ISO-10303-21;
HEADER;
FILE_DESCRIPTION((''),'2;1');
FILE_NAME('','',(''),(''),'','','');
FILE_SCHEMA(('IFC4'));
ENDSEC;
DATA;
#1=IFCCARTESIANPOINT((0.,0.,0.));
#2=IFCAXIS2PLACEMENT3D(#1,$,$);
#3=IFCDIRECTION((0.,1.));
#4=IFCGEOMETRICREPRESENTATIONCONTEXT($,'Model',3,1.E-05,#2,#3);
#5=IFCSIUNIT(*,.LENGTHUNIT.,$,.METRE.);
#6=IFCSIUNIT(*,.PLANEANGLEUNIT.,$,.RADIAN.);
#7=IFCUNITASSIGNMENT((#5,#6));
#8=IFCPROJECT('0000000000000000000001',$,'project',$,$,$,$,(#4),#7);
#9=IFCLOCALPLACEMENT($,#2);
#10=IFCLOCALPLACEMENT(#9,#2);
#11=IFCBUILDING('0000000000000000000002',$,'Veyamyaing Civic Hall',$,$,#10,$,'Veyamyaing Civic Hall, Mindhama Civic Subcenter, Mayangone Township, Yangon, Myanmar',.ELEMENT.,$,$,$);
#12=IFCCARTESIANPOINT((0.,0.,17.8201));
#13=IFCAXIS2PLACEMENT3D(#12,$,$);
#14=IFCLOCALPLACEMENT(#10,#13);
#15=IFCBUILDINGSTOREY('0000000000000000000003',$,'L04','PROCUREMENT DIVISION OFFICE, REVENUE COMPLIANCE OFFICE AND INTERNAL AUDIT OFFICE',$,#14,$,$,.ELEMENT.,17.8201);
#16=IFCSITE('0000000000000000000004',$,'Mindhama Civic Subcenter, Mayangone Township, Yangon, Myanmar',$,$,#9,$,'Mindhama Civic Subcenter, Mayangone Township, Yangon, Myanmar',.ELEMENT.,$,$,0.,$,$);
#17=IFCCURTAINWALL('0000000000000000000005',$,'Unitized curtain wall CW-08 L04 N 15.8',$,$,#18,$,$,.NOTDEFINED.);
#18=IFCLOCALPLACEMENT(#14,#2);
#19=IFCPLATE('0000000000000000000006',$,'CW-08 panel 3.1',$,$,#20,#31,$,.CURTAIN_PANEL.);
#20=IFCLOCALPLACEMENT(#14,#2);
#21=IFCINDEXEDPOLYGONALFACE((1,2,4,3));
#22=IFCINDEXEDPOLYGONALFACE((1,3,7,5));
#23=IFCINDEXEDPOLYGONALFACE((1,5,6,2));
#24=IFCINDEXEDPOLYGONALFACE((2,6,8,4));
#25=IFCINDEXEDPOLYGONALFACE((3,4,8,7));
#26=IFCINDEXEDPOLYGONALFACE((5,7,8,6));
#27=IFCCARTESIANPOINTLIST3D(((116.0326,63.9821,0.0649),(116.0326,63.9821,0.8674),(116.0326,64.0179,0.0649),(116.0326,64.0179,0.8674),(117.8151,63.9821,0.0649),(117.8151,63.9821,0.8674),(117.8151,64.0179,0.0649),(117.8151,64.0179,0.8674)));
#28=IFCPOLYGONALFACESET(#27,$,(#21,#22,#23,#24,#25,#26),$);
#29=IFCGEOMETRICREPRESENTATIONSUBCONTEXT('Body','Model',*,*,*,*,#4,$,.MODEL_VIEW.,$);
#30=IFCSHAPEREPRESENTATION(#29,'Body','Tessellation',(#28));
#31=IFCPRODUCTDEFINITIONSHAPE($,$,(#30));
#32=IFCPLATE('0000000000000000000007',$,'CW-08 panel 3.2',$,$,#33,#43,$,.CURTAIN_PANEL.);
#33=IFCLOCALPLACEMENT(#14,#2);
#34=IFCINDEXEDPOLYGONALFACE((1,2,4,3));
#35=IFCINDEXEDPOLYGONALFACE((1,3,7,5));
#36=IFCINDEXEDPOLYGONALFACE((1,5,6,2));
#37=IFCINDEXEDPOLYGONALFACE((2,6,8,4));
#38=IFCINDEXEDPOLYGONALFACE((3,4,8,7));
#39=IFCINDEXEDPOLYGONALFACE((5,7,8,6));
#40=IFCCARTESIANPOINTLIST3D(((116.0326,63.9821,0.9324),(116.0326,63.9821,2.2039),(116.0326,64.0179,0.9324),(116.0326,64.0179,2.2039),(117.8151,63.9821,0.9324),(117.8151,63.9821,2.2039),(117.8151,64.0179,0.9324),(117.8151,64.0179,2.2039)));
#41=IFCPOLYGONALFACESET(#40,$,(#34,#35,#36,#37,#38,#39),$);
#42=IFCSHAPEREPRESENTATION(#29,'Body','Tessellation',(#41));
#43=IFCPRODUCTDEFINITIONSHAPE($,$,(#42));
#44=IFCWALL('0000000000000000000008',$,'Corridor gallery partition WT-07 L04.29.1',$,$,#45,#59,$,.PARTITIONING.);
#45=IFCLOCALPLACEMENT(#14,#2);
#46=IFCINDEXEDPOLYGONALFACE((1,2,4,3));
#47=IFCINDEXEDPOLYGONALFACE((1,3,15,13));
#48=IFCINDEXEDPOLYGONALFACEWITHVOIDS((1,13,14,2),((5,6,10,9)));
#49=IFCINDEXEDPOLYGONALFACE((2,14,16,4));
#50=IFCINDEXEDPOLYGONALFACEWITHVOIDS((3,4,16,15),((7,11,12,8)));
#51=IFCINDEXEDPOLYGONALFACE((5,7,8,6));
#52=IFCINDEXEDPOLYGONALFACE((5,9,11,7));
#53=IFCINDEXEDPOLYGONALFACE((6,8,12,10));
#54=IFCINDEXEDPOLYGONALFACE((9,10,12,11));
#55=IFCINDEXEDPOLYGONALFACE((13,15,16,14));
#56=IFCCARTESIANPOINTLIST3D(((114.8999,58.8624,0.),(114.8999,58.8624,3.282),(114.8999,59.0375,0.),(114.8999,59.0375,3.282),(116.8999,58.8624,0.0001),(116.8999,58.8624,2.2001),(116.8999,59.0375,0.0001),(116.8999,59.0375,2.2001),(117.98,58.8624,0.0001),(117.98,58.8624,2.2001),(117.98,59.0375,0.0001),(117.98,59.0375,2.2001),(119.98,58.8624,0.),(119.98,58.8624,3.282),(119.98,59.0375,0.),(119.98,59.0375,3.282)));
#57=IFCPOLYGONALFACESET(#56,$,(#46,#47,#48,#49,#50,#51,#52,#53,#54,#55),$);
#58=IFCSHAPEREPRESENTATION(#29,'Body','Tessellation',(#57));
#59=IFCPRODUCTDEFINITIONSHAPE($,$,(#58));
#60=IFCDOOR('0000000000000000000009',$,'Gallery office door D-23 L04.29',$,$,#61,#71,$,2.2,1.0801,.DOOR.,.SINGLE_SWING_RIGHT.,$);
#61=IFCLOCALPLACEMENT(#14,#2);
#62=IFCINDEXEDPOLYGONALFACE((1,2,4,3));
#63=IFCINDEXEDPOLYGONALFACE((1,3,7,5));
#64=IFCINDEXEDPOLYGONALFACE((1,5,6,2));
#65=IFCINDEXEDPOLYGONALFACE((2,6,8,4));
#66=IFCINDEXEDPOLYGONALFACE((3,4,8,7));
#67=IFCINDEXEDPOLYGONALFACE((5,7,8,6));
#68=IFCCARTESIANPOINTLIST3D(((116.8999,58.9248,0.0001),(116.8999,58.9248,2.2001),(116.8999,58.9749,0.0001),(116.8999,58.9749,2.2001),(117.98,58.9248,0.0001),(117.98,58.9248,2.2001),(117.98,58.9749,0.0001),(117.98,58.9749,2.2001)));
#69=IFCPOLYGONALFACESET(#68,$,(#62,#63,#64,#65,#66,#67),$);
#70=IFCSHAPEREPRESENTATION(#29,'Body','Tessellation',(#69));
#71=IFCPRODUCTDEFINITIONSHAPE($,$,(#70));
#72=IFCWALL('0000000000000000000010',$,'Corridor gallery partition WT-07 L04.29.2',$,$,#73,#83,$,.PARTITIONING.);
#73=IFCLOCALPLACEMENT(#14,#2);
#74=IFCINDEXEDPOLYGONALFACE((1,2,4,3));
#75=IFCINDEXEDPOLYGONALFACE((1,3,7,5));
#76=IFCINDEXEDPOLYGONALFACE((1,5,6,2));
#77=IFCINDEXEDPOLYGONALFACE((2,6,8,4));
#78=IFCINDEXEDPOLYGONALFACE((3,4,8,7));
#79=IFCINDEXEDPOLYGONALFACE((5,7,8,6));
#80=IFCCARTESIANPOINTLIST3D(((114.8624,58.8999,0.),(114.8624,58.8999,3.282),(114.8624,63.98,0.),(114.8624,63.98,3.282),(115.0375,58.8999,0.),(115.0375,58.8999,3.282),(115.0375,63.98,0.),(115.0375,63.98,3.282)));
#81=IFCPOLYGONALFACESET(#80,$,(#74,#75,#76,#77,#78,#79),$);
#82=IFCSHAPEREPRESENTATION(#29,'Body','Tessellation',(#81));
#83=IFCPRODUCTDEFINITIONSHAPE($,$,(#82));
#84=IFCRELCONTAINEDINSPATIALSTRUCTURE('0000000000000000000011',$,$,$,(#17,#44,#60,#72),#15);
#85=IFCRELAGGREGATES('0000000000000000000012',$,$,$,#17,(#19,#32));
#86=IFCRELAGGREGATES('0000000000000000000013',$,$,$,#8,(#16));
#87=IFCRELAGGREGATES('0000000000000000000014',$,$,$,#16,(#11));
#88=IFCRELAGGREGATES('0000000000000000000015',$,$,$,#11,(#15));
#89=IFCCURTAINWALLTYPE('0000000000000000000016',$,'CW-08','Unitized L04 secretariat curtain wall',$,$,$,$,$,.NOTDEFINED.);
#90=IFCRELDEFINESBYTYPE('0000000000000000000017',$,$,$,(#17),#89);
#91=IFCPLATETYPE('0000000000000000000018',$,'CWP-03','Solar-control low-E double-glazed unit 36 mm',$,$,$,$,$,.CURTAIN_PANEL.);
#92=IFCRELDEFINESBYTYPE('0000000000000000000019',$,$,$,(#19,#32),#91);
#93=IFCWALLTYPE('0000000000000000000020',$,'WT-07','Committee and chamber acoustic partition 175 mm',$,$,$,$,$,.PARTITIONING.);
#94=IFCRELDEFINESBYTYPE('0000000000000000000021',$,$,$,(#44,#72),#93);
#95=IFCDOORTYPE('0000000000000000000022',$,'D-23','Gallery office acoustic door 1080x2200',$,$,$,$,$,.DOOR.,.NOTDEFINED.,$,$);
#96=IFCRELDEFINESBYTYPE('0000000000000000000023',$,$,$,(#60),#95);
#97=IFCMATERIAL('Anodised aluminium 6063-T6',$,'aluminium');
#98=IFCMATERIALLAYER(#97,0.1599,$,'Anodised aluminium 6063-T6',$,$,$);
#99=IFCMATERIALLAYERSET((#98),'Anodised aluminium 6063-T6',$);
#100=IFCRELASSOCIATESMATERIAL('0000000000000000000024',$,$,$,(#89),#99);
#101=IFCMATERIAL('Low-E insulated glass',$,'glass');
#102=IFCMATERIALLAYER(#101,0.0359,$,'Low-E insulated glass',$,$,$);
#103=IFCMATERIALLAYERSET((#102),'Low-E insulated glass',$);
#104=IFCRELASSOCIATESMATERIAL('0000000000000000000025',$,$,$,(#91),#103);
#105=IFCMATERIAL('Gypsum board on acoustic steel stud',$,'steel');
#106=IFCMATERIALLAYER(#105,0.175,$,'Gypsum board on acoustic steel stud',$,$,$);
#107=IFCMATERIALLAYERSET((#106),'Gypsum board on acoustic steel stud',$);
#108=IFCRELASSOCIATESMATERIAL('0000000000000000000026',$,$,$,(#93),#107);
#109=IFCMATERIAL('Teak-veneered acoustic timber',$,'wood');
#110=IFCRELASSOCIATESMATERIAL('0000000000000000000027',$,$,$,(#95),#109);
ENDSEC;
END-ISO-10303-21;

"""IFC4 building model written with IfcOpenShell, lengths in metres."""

from ifc_helpers import new_model, si_unit, direction, frame, frame_2d, origin, origin_2d, place, context, subcontext, project, spatial, rectangle, extrude, material, layer, layer_set, type_object, element, fill, aggregate, save


model = new_model("IFC4")

# Units and contexts
model_context = context("Model", 3, precision=1e-05, world=origin(), true_north=direction((0.0, 1.0)))
body_context = subcontext(model_context, "Body", "Model", "MODEL_VIEW")
ifc_project = project(units=[si_unit("LENGTHUNIT", "METRE"), si_unit("PLANEANGLEUNIT", "RADIAN")], contexts=[model_context])

# Site, building, storey
site_placement = place(None, origin())
site = spatial("IfcSite", under=ifc_project, at=site_placement, Name="Mindhama Civic Subcenter, Mayangone Township, Yangon, Myanmar", LongName="Mindhama Civic Subcenter, Mayangone Township, Yangon, Myanmar", CompositionType="ELEMENT", RefElevation=0.0)
building_placement = place(site_placement, origin())
building = spatial("IfcBuilding", under=site, at=building_placement, Name="Veyamyaing Civic Hall", LongName="Veyamyaing Civic Hall, Mindhama Civic Subcenter, Mayangone Township, Yangon, Myanmar", CompositionType="ELEMENT")
storey_placement = place(building_placement, frame((0.0, 0.0, 17.8201)))
storey = spatial("IfcBuildingStorey", under=building, at=storey_placement, Name="L04", Description="PROCUREMENT DIVISION OFFICE, REVENUE COMPLIANCE OFFICE AND INTERNAL AUDIT OFFICE", CompositionType="ELEMENT", Elevation=17.8201)

# Curtain wall
ifc_material_1 = material(Name="Anodised aluminium 6063-T6", Category="aluminium")
ifc_layer_1 = layer(ifc_material_1, 0.1599, Name="Anodised aluminium 6063-T6")
ifc_layer_set_1 = layer_set([ifc_layer_1], Name="Anodised aluminium 6063-T6")
curtain_wall_type = type_object("IfcCurtainWallType", Name="CW-08", Description="Unitized L04 secretariat curtain wall", PredefinedType="NOTDEFINED", material=ifc_layer_set_1)
curtain_wall_1_placement = place(storey_placement, origin())
curtain_wall_1 = element("IfcCurtainWall", 1, at=curtain_wall_1_placement, inside=storey, type_object=curtain_wall_type, Name="Unitized curtain wall CW-08 L04 N 15.8", PredefinedType="NOTDEFINED")

# Plates
ifc_material_2 = material(Name="Low-E insulated glass", Category="glass")
ifc_layer_2 = layer(ifc_material_2, 0.0359, Name="Low-E insulated glass")
ifc_layer_set_2 = layer_set([ifc_layer_2], Name="Low-E insulated glass")
plate_type = type_object("IfcPlateType", Name="CWP-03", Description="Solar-control low-E double-glazed unit 36 mm", PredefinedType="CURTAIN_PANEL", material=ifc_layer_set_2)
plate_1_placement = place(storey_placement, frame((116.9238, 64.0, 0.0649), z_axis=(0.0, 0.0, 1.0), x_axis=(1.0, 0.0, 0.0)))
plate_1 = element("IfcPlate", 2, at=plate_1_placement, type_object=plate_type, Name="CW-08 panel 3.1", PredefinedType="CURTAIN_PANEL", context=body_context, shape_type="SweptSolid", body=[
    extrude(rectangle(XDim=1.7825, YDim=0.0359, at=origin_2d()), origin(), (0.0, 0.0, 1.0), 0.8025),
])
plate_2_placement = place(storey_placement, frame((116.9238, 64.0, 0.9324), z_axis=(0.0, 0.0, 1.0), x_axis=(1.0, 0.0, 0.0)))
plate_2 = element("IfcPlate", 3, at=plate_2_placement, type_object=plate_type, Name="CW-08 panel 3.2", PredefinedType="CURTAIN_PANEL", context=body_context, shape_type="SweptSolid", body=[
    extrude(rectangle(XDim=1.7825, YDim=0.0359, at=origin_2d()), origin(), (0.0, 0.0, 1.0), 1.2715),
])
aggregate(curtain_wall_1, [plate_1, plate_2])

# Wall, opening, door
ifc_material_3 = material(Name="Gypsum board on acoustic steel stud", Category="steel")
ifc_layer_3 = layer(ifc_material_3, 0.175, Name="Gypsum board on acoustic steel stud")
ifc_layer_set_3 = layer_set([ifc_layer_3], Name="Gypsum board on acoustic steel stud")
wall_type = type_object("IfcWallType", Name="WT-07", Description="Committee and chamber acoustic partition 175 mm", PredefinedType="PARTITIONING", material=ifc_layer_set_3)
wall_1_placement = place(storey_placement, frame((114.8999, 58.95, 0.0), z_axis=(0.0, 0.0, 1.0), x_axis=(1.0, 0.0, 0.0)))
wall_1 = element("IfcWall", 4, at=wall_1_placement, inside=storey, type_object=wall_type, Name="Corridor gallery partition WT-07 L04.29.1", PredefinedType="PARTITIONING", context=body_context, shape_type="SweptSolid", body=[
    extrude(rectangle(XDim=5.0801, YDim=0.175, at=frame_2d((2.54, 0.0))), origin(), (0.0, 0.0, 1.0), 3.282),
])
opening_placement = place(wall_1_placement, frame((2.0, 0.0, 0.0)))
opening = element("IfcOpeningElement", 5, at=opening_placement, cuts=wall_1, PredefinedType="OPENING", context=body_context, shape_type="SweptSolid", body=[
    extrude(rectangle(XDim=1.0801, YDim=2.2, at=frame_2d((0.54, 1.1001))), frame((0.0, 0.0974, 0.0), z_axis=(0.0, -1.0, 0.0), x_axis=(1.0, 0.0, 0.0)), (0.0, 0.0, 1.0), 0.1951),
])
ifc_material_4 = material(Name="Teak-veneered acoustic timber", Category="wood")
door_type = type_object("IfcDoorType", Name="D-23", Description="Gallery office acoustic door 1080x2200", OperationType="NOTDEFINED", PredefinedType="DOOR", material=ifc_material_4)
door_placement = place(opening_placement, origin())
door = element("IfcDoor", 6, at=door_placement, inside=storey, type_object=door_type, Name="Gallery office door D-23 L04.29", OperationType="SINGLE_SWING_RIGHT", OverallHeight=2.2, OverallWidth=1.0801, PredefinedType="DOOR", context=body_context, shape_type="SweptSolid", body=[
    extrude(rectangle(XDim=1.0801, YDim=2.2, at=frame_2d((0.54, 1.1001))), frame((0.0, 0.0249, 0.0), z_axis=(0.0, -1.0, 0.0), x_axis=(1.0, 0.0, 0.0)), (0.0, 0.0, 1.0), 0.05),
])
fill(opening, door)

# Wall
wall_2_placement = place(storey_placement, frame((114.95, 58.8999, 0.0), z_axis=(0.0, 0.0, 1.0), x_axis=(0.0, 1.0, 0.0)))
element("IfcWall", 7, at=wall_2_placement, inside=storey, type_object=wall_type, Name="Corridor gallery partition WT-07 L04.29.2", PredefinedType="PARTITIONING", context=body_context, shape_type="SweptSolid", body=[
    extrude(rectangle(XDim=5.0801, YDim=0.175, at=frame_2d((2.54, 0.0))), origin(), (0.0, 0.0, 1.0), 3.282),
])

save(model, "model.ifc")
